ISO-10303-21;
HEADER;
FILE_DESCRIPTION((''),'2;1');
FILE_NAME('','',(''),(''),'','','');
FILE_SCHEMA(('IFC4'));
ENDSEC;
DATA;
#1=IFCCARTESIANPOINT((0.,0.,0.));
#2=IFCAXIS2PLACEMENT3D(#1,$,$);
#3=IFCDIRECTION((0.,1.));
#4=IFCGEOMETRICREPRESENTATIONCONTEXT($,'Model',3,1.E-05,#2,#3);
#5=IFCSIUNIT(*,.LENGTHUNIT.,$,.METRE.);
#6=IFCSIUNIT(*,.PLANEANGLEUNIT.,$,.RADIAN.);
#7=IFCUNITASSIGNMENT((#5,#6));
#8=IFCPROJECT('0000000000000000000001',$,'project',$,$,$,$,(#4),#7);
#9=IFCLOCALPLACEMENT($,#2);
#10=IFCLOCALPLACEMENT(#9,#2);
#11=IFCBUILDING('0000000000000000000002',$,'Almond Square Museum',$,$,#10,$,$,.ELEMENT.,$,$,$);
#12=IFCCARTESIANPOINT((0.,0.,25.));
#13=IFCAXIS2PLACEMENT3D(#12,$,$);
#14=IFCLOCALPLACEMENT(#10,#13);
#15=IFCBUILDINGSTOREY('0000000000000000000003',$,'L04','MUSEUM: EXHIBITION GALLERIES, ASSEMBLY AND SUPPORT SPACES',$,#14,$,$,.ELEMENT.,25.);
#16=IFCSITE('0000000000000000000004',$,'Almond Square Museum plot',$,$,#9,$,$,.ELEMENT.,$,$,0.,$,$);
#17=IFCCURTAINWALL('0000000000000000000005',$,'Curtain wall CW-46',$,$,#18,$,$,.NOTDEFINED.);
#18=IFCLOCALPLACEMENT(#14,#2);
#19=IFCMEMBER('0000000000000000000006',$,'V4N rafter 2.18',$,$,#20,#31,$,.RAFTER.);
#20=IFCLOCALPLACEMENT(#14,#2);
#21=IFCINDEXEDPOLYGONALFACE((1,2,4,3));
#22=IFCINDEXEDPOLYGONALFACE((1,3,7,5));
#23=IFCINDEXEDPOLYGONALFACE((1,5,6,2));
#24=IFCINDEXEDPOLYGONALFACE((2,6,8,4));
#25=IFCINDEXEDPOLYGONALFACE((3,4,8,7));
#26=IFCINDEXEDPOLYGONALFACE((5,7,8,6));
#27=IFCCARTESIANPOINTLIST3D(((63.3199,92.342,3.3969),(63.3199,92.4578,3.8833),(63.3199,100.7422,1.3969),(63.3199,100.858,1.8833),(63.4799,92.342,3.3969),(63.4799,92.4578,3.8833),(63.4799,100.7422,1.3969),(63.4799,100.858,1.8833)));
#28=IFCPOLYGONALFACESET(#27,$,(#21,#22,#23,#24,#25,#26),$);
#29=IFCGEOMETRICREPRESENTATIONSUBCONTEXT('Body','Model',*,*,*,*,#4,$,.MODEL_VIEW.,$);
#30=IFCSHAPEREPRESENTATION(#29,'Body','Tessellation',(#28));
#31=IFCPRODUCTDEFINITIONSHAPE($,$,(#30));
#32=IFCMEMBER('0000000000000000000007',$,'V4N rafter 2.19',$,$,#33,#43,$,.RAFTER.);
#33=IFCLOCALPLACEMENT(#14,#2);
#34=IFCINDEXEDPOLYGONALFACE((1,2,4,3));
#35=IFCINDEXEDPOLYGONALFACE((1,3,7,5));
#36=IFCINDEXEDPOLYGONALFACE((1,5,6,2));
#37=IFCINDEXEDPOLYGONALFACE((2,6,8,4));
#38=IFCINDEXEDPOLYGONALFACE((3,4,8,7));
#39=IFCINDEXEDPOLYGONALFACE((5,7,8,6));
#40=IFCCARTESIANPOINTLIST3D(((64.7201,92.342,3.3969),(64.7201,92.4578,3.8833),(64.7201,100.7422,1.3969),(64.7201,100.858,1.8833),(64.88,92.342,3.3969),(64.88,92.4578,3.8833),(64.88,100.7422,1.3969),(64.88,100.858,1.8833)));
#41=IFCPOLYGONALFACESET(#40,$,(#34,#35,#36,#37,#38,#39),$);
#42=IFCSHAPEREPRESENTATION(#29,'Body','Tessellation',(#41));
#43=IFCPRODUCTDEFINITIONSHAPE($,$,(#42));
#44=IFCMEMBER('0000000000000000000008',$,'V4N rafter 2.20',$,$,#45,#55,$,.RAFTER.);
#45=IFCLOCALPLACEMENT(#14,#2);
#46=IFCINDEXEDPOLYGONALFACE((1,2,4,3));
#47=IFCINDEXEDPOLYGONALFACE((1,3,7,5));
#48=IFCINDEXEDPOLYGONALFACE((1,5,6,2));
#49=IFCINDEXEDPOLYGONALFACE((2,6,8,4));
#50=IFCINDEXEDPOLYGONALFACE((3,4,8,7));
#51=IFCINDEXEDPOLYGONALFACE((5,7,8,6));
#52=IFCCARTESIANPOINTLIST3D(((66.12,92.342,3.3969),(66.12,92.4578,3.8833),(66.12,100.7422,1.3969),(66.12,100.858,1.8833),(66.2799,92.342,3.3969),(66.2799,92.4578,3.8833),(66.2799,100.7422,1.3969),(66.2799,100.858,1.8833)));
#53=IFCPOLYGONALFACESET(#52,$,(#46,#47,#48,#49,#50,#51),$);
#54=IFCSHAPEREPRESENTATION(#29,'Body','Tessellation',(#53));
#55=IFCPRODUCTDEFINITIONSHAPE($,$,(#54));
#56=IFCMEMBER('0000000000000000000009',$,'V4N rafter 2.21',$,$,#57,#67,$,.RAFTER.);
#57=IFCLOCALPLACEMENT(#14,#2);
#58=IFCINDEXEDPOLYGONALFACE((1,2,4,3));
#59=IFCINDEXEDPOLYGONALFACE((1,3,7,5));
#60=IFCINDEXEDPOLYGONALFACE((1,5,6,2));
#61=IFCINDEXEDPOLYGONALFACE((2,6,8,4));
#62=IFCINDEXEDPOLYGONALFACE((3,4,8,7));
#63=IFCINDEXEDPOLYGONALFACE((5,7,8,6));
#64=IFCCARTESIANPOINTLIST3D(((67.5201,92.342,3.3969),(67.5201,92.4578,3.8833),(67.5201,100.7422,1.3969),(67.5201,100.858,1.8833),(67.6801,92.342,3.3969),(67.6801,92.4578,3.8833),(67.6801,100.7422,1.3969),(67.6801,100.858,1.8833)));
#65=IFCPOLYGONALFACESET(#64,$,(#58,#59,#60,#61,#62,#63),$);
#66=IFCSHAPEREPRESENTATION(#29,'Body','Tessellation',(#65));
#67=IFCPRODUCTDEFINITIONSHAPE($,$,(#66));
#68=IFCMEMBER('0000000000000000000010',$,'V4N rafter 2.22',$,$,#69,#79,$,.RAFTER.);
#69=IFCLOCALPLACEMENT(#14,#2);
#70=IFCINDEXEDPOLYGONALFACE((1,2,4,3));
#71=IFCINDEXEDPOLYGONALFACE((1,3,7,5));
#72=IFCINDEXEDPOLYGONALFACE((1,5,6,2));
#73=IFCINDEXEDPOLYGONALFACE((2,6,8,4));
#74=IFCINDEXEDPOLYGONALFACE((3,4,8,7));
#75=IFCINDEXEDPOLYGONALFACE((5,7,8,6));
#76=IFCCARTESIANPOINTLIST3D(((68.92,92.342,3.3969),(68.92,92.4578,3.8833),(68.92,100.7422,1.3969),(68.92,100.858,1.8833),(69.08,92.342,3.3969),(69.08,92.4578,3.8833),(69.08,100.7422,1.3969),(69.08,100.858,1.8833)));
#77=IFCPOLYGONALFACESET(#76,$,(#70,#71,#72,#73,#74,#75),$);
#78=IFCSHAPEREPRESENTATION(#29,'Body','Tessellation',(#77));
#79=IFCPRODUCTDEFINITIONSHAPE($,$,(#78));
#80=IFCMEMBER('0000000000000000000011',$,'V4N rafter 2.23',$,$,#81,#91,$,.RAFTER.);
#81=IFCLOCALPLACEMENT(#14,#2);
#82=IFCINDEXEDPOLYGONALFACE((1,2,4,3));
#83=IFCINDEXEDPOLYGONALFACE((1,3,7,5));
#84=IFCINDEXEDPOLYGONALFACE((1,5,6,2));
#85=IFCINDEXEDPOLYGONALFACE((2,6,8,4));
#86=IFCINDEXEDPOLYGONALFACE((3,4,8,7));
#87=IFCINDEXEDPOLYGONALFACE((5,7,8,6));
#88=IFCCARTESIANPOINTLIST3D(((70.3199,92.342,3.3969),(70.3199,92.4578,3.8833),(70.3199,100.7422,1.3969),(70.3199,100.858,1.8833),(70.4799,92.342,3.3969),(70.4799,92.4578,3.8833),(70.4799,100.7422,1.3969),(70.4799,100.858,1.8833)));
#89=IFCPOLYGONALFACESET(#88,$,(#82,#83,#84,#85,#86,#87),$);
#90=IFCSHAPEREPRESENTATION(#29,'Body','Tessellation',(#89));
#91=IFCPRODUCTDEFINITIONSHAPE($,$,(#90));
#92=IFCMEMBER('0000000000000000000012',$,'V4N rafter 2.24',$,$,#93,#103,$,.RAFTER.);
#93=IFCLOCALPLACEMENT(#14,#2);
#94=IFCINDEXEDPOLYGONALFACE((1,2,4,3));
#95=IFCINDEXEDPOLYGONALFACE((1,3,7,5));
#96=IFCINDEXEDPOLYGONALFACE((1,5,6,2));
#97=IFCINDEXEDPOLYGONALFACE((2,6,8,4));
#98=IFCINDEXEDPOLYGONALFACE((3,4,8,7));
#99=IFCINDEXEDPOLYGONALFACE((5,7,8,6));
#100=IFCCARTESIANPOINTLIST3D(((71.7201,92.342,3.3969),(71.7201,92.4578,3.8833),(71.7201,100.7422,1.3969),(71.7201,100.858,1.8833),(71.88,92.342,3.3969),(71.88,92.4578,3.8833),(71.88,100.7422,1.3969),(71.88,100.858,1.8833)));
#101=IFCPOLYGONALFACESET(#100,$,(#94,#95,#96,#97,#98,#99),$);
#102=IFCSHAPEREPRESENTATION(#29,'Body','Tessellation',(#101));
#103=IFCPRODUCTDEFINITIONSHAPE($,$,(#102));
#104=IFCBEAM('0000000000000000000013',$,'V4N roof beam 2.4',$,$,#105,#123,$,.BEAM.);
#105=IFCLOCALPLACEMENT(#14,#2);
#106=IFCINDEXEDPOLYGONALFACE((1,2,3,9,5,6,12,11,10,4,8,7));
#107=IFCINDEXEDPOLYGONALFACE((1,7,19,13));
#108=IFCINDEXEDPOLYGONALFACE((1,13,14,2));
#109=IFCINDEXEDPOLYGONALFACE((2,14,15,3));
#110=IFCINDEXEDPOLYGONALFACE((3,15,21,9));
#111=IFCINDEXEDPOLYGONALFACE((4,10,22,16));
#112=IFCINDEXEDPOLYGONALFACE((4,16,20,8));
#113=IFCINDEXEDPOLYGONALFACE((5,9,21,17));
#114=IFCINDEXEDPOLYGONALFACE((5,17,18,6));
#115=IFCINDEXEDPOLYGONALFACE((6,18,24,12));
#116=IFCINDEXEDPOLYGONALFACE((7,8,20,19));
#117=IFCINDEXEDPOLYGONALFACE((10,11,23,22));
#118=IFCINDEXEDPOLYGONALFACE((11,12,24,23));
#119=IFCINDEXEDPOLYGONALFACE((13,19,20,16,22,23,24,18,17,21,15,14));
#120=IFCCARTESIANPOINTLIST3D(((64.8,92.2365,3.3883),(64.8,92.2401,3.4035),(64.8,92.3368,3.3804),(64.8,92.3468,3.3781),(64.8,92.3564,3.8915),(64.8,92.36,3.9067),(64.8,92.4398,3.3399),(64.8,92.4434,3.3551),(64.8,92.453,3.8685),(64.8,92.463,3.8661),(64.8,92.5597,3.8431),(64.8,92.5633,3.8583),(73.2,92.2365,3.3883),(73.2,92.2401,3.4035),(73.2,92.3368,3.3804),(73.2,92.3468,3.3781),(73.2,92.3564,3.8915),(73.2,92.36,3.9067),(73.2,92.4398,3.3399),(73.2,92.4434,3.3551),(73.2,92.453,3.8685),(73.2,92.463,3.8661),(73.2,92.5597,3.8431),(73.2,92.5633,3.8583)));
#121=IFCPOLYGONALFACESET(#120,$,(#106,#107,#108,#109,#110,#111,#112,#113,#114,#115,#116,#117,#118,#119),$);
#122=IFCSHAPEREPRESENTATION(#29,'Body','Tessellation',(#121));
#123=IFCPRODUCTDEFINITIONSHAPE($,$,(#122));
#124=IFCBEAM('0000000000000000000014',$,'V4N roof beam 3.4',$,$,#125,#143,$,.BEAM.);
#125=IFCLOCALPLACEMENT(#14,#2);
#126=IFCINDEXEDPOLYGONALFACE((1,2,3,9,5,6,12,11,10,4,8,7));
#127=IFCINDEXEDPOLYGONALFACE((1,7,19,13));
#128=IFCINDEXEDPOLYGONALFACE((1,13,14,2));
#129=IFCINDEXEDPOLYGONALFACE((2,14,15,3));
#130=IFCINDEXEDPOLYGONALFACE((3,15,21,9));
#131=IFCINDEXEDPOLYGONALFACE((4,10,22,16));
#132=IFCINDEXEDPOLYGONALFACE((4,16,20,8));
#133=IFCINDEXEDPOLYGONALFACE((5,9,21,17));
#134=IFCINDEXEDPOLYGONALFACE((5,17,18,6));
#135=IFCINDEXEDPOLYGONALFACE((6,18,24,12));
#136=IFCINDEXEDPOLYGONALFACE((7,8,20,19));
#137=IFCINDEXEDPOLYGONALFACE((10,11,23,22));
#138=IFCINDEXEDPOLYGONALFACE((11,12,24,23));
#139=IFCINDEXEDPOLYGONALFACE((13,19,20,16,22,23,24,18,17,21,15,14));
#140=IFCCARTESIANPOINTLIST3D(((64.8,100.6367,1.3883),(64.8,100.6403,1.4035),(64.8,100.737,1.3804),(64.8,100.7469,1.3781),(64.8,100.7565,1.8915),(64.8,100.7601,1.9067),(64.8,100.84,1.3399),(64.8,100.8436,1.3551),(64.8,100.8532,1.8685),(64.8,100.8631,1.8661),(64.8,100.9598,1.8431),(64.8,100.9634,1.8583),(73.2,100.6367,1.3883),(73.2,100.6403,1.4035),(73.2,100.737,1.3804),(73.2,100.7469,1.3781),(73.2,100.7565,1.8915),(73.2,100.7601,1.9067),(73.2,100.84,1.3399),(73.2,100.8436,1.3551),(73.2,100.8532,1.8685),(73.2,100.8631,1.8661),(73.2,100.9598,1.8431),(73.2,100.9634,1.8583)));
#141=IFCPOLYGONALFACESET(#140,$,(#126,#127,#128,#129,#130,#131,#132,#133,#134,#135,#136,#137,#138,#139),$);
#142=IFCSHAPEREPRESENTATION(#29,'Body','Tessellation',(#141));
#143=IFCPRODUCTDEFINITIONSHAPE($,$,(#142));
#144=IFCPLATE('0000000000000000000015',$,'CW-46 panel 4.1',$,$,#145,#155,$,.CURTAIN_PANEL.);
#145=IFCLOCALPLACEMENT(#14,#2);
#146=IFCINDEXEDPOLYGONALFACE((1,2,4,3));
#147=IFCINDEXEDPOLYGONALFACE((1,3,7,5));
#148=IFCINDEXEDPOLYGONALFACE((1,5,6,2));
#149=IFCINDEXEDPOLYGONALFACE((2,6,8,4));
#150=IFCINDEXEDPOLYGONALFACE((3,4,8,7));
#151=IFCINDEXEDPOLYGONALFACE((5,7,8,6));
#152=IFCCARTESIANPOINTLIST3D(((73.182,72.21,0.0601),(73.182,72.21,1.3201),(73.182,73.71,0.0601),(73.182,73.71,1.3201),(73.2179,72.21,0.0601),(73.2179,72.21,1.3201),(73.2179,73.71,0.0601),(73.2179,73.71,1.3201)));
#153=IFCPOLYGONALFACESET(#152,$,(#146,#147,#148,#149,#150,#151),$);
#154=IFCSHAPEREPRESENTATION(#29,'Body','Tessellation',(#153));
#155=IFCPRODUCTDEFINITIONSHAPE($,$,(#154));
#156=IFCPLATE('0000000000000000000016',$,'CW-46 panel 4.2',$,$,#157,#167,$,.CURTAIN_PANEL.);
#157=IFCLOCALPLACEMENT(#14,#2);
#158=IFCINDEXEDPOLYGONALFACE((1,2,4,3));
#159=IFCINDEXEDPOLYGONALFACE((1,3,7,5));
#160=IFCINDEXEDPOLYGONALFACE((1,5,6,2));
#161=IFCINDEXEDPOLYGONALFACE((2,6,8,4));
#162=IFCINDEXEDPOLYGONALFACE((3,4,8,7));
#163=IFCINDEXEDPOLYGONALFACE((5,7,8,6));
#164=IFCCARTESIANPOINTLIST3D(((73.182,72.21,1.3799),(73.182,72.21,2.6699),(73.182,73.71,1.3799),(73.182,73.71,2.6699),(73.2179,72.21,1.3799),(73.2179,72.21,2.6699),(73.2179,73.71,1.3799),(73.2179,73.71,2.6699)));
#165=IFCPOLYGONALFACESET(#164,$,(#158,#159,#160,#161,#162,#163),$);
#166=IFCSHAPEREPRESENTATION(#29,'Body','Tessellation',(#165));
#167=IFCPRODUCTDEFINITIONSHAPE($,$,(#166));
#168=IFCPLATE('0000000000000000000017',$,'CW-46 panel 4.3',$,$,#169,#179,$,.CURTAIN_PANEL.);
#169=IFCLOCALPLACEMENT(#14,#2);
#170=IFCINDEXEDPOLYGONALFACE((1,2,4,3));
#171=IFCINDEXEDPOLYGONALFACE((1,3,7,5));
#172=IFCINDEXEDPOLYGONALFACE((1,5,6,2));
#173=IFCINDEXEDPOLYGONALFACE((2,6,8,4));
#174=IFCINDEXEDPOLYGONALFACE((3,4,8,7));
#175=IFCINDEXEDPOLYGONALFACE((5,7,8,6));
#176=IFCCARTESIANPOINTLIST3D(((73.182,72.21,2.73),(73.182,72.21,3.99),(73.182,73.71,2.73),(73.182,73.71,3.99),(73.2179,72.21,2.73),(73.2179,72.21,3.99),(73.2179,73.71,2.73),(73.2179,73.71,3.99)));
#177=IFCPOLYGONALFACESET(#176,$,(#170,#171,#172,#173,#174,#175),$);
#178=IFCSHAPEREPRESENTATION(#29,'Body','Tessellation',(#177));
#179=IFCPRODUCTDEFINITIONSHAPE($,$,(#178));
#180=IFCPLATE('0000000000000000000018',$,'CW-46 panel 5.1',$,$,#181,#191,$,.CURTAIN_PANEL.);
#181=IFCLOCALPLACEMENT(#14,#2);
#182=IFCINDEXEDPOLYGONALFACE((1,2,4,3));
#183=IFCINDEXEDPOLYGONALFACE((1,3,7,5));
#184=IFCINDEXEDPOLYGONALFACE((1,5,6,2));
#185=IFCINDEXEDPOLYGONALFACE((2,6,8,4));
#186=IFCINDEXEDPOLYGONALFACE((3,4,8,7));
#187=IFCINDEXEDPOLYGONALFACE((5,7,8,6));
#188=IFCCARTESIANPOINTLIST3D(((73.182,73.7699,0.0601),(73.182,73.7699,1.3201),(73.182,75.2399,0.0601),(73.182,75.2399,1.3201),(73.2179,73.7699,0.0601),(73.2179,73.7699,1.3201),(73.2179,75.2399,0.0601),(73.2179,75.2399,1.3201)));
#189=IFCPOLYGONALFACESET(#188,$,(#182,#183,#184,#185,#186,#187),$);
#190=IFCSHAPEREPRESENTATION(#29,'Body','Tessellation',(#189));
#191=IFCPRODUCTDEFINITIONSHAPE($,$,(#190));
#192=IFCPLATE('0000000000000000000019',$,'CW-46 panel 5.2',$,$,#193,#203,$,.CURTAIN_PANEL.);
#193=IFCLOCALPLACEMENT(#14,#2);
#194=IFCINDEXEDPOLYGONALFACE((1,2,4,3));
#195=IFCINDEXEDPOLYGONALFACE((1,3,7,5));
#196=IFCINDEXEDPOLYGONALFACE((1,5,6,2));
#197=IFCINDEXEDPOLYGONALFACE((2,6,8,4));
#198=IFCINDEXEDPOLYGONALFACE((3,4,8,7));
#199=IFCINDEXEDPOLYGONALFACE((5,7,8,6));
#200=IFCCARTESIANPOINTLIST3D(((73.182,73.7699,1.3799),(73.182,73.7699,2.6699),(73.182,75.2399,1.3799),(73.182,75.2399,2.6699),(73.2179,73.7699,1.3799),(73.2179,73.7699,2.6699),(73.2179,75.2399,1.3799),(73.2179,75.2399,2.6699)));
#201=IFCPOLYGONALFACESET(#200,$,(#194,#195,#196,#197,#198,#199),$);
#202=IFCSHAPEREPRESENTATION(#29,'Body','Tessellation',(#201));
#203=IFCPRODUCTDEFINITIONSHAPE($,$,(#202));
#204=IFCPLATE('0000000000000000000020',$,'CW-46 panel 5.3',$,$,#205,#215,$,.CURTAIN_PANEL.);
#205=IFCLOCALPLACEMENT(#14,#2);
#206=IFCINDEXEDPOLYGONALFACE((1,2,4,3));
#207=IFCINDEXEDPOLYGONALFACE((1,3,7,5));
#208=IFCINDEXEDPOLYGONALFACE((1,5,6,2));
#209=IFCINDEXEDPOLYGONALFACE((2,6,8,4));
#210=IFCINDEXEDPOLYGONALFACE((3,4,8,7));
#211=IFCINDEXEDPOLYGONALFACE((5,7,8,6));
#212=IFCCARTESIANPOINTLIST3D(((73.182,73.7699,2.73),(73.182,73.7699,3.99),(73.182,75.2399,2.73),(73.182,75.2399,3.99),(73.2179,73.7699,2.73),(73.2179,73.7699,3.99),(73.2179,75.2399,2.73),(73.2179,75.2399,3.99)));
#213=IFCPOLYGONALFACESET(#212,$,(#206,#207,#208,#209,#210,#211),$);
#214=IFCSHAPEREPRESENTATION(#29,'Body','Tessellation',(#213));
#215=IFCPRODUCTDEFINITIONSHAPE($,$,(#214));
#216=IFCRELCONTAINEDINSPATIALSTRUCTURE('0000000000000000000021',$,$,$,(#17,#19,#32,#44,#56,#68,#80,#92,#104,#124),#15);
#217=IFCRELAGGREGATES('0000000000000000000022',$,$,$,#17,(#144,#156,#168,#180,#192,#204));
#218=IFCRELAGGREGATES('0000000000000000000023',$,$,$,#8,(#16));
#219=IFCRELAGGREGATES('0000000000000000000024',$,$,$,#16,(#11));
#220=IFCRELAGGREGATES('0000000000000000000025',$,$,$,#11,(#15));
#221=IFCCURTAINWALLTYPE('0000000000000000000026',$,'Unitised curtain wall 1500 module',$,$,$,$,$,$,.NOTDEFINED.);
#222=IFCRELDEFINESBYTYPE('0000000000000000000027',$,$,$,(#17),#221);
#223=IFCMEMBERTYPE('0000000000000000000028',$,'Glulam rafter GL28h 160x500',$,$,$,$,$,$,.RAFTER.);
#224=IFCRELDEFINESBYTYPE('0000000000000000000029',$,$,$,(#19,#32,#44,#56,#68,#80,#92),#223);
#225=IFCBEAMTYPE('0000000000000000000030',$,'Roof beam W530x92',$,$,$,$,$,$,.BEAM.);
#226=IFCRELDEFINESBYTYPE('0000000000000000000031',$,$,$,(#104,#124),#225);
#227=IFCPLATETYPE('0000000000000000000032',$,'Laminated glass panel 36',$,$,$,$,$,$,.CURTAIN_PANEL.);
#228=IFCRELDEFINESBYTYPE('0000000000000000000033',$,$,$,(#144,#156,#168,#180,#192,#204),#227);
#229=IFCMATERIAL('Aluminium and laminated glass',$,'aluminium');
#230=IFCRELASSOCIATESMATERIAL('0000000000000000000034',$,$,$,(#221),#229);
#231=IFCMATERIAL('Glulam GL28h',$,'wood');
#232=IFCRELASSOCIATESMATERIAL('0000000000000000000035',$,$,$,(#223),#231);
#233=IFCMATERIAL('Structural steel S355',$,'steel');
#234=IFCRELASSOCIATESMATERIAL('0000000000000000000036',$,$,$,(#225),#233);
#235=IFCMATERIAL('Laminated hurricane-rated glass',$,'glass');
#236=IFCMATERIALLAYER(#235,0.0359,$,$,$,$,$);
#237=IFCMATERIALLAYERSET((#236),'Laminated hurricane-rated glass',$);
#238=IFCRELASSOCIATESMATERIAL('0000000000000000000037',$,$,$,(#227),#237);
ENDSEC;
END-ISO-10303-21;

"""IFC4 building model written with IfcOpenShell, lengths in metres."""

from ifc_helpers import new_model, si_unit, direction, frame, origin, origin_2d, place, context, subcontext, project, spatial, rectangle, i_section, extrude, material, layer, layer_set, material_profile, profile_set, type_object, element, aggregate, save


model = new_model("IFC4")

# Units and contexts
model_context = context("Model", 3, precision=1e-05, world=origin(), true_north=direction((0.0, 1.0)))
body_context = subcontext(model_context, "Body", "Model", "MODEL_VIEW")
ifc_project = project(units=[si_unit("LENGTHUNIT", "METRE"), si_unit("PLANEANGLEUNIT", "RADIAN")], contexts=[model_context])

# Site, building, storey
site_placement = place(None, origin())
site = spatial("IfcSite", under=ifc_project, at=site_placement, Name="Almond Square Museum plot", CompositionType="ELEMENT", RefElevation=0.0)
building_placement = place(site_placement, origin())
building = spatial("IfcBuilding", under=site, at=building_placement, Name="Almond Square Museum", CompositionType="ELEMENT")
storey_placement = place(building_placement, frame((0.0, 0.0, 25.0)))
storey = spatial("IfcBuildingStorey", under=building, at=storey_placement, Name="L04", Description="MUSEUM: EXHIBITION GALLERIES, ASSEMBLY AND SUPPORT SPACES", CompositionType="ELEMENT", Elevation=25.0)

# Curtain wall
ifc_material_1 = material(Name="Aluminium and laminated glass", Category="aluminium")
curtain_wall_type = type_object("IfcCurtainWallType", Name="Unitised curtain wall 1500 module", PredefinedType="NOTDEFINED", material=ifc_material_1)
curtain_wall_placement = place(storey_placement, origin())
curtain_wall = element("IfcCurtainWall", 1, at=curtain_wall_placement, inside=storey, type_object=curtain_wall_type, Name="Curtain wall CW-46", PredefinedType="NOTDEFINED")

# Members
ifc_material_2 = material(Name="Glulam GL28h", Category="wood")
ifc_material_profile_1 = material_profile(ifc_material_2, rectangle(XDim=0.1599, YDim=0.5, at=origin_2d()))
ifc_profile_set_1 = profile_set([ifc_material_profile_1], Name="Glulam GL28h")
member_type_1 = type_object("IfcMemberType", Name="Glulam rafter GL28h 160x500", PredefinedType="RAFTER", material=ifc_profile_set_1)
for number, where, z_axis, x_axis, name in (
    (2, (63.3999, 92.3999, 3.6401), (0.0, 0.972807, -0.231617), (-1.0, 0.0, 0.0), "V4N rafter 2.18"),
    (3, (64.8, 92.3999, 3.6401), (0.0, 0.972807, -0.231617), (-1.0, 0.0, 0.0), "V4N rafter 2.19"),
    (4, (66.2, 92.3999, 3.6401), (0.0, 0.972807, -0.231617), (-1.0, 0.0, 0.0), "V4N rafter 2.20"),
    (5, (67.6001, 92.3999, 3.6401), (0.0, 0.972807, -0.231617), (-1.0, 0.0, 0.0), "V4N rafter 2.21"),
    (6, (69.0, 92.3999, 3.6401), (0.0, 0.972807, -0.231617), (-1.0, 0.0, 0.0), "V4N rafter 2.22"),
    (7, (70.3999, 92.3999, 3.6401), (0.0, 0.972807, -0.231617), (-1.0, 0.0, 0.0), "V4N rafter 2.23"),
    (8, (71.8, 92.3999, 3.6401), (0.0, 0.972807, -0.231617), (-1.0, 0.0, 0.0), "V4N rafter 2.24"),
):
    element("IfcMember", number, at=place(storey_placement, frame(where, z_axis=z_axis, x_axis=x_axis)), inside=storey, type_object=member_type_1, Name=name, PredefinedType="RAFTER", context=body_context, shape_type="SweptSolid", body=[
        extrude(rectangle(XDim=0.1599, YDim=0.5, at=origin_2d()), origin(), (0.0, 0.0, 1.0), 8.635),
    ])

# Beams
ifc_material_3 = material(Name="Structural steel S355", Category="steel")
ifc_material_profile_2 = material_profile(ifc_material_3, i_section(OverallWidth=0.209, OverallDepth=0.533, WebThickness=0.0103, FlangeThickness=0.0156, at=origin_2d()))
ifc_profile_set_2 = profile_set([ifc_material_profile_2], Name="Structural steel S355")
beam_type = type_object("IfcBeamType", Name="Roof beam W530x92", PredefinedType="BEAM", material=ifc_profile_set_2)
for number, where, z_axis, x_axis, name in (
    (9, (64.8, 92.3999, 3.6233), (1.0, 0.0, 0.0), (0.0, 0.972806, -0.231621), "V4N roof beam 2.4"),
    (10, (64.8, 100.8, 1.6233), (1.0, 0.0, 0.0), (0.0, 0.972806, -0.231621), "V4N roof beam 3.4"),
):
    element("IfcBeam", number, at=place(storey_placement, frame(where, z_axis=z_axis, x_axis=x_axis)), inside=storey, type_object=beam_type, Name=name, PredefinedType="BEAM", context=body_context, shape_type="SweptSolid", body=[
        extrude(i_section(OverallWidth=0.209, OverallDepth=0.533, WebThickness=0.0103, FlangeThickness=0.0156, at=origin_2d()), origin(), (0.0, 0.0, 1.0), 8.3999),
    ])

# Plates
ifc_material_4 = material(Name="Laminated hurricane-rated glass", Category="glass")
ifc_layer = layer(ifc_material_4, 0.0359)
ifc_layer_set = layer_set([ifc_layer], Name="Laminated hurricane-rated glass")
plate_type = type_object("IfcPlateType", Name="Laminated glass panel 36", PredefinedType="CURTAIN_PANEL", material=ifc_layer_set)
plate_1_placement = place(storey_placement, frame((73.2, 72.96, 0.0601), z_axis=(0.0, 0.0, 1.0), x_axis=(0.0, 1.0, 0.0)))
plate_1 = element("IfcPlate", 11, at=plate_1_placement, type_object=plate_type, Name="CW-46 panel 4.1", PredefinedType="CURTAIN_PANEL", context=body_context, shape_type="SweptSolid", body=[
    extrude(rectangle(XDim=1.5, YDim=0.0359, at=origin_2d()), origin(), (0.0, 0.0, 1.0), 1.26),
])
plate_2_placement = place(storey_placement, frame((73.2, 72.96, 1.3799), z_axis=(0.0, 0.0, 1.0), x_axis=(0.0, 1.0, 0.0)))
plate_2 = element("IfcPlate", 12, at=plate_2_placement, type_object=plate_type, Name="CW-46 panel 4.2", PredefinedType="CURTAIN_PANEL", context=body_context, shape_type="SweptSolid", body=[
    extrude(rectangle(XDim=1.5, YDim=0.0359, at=origin_2d()), origin(), (0.0, 0.0, 1.0), 1.29),
])
plate_3_placement = place(storey_placement, frame((73.2, 72.96, 2.73), z_axis=(0.0, 0.0, 1.0), x_axis=(0.0, 1.0, 0.0)))
plate_3 = element("IfcPlate", 13, at=plate_3_placement, type_object=plate_type, Name="CW-46 panel 4.3", PredefinedType="CURTAIN_PANEL", context=body_context, shape_type="SweptSolid", body=[
    extrude(rectangle(XDim=1.5, YDim=0.0359, at=origin_2d()), origin(), (0.0, 0.0, 1.0), 1.26),
])
plate_4_placement = place(storey_placement, frame((73.2, 74.5049, 0.0601), z_axis=(0.0, 0.0, 1.0), x_axis=(0.0, 1.0, 0.0)))
plate_4 = element("IfcPlate", 14, at=plate_4_placement, type_object=plate_type, Name="CW-46 panel 5.1", PredefinedType="CURTAIN_PANEL", context=body_context, shape_type="SweptSolid", body=[
    extrude(rectangle(XDim=1.47, YDim=0.0359, at=origin_2d()), origin(), (0.0, 0.0, 1.0), 1.26),
])
plate_5_placement = place(storey_placement, frame((73.2, 74.5049, 1.3799), z_axis=(0.0, 0.0, 1.0), x_axis=(0.0, 1.0, 0.0)))
plate_5 = element("IfcPlate", 15, at=plate_5_placement, type_object=plate_type, Name="CW-46 panel 5.2", PredefinedType="CURTAIN_PANEL", context=body_context, shape_type="SweptSolid", body=[
    extrude(rectangle(XDim=1.47, YDim=0.0359, at=origin_2d()), origin(), (0.0, 0.0, 1.0), 1.29),
])
plate_6_placement = place(storey_placement, frame((73.2, 74.5049, 2.73), z_axis=(0.0, 0.0, 1.0), x_axis=(0.0, 1.0, 0.0)))
plate_6 = element("IfcPlate", 16, at=plate_6_placement, type_object=plate_type, Name="CW-46 panel 5.3", PredefinedType="CURTAIN_PANEL", context=body_context, shape_type="SweptSolid", body=[
    extrude(rectangle(XDim=1.47, YDim=0.0359, at=origin_2d()), origin(), (0.0, 0.0, 1.0), 1.26),
])
aggregate(curtain_wall, [plate_1, plate_2, plate_3, plate_4, plate_5, plate_6])

save(model, "model.ifc")
